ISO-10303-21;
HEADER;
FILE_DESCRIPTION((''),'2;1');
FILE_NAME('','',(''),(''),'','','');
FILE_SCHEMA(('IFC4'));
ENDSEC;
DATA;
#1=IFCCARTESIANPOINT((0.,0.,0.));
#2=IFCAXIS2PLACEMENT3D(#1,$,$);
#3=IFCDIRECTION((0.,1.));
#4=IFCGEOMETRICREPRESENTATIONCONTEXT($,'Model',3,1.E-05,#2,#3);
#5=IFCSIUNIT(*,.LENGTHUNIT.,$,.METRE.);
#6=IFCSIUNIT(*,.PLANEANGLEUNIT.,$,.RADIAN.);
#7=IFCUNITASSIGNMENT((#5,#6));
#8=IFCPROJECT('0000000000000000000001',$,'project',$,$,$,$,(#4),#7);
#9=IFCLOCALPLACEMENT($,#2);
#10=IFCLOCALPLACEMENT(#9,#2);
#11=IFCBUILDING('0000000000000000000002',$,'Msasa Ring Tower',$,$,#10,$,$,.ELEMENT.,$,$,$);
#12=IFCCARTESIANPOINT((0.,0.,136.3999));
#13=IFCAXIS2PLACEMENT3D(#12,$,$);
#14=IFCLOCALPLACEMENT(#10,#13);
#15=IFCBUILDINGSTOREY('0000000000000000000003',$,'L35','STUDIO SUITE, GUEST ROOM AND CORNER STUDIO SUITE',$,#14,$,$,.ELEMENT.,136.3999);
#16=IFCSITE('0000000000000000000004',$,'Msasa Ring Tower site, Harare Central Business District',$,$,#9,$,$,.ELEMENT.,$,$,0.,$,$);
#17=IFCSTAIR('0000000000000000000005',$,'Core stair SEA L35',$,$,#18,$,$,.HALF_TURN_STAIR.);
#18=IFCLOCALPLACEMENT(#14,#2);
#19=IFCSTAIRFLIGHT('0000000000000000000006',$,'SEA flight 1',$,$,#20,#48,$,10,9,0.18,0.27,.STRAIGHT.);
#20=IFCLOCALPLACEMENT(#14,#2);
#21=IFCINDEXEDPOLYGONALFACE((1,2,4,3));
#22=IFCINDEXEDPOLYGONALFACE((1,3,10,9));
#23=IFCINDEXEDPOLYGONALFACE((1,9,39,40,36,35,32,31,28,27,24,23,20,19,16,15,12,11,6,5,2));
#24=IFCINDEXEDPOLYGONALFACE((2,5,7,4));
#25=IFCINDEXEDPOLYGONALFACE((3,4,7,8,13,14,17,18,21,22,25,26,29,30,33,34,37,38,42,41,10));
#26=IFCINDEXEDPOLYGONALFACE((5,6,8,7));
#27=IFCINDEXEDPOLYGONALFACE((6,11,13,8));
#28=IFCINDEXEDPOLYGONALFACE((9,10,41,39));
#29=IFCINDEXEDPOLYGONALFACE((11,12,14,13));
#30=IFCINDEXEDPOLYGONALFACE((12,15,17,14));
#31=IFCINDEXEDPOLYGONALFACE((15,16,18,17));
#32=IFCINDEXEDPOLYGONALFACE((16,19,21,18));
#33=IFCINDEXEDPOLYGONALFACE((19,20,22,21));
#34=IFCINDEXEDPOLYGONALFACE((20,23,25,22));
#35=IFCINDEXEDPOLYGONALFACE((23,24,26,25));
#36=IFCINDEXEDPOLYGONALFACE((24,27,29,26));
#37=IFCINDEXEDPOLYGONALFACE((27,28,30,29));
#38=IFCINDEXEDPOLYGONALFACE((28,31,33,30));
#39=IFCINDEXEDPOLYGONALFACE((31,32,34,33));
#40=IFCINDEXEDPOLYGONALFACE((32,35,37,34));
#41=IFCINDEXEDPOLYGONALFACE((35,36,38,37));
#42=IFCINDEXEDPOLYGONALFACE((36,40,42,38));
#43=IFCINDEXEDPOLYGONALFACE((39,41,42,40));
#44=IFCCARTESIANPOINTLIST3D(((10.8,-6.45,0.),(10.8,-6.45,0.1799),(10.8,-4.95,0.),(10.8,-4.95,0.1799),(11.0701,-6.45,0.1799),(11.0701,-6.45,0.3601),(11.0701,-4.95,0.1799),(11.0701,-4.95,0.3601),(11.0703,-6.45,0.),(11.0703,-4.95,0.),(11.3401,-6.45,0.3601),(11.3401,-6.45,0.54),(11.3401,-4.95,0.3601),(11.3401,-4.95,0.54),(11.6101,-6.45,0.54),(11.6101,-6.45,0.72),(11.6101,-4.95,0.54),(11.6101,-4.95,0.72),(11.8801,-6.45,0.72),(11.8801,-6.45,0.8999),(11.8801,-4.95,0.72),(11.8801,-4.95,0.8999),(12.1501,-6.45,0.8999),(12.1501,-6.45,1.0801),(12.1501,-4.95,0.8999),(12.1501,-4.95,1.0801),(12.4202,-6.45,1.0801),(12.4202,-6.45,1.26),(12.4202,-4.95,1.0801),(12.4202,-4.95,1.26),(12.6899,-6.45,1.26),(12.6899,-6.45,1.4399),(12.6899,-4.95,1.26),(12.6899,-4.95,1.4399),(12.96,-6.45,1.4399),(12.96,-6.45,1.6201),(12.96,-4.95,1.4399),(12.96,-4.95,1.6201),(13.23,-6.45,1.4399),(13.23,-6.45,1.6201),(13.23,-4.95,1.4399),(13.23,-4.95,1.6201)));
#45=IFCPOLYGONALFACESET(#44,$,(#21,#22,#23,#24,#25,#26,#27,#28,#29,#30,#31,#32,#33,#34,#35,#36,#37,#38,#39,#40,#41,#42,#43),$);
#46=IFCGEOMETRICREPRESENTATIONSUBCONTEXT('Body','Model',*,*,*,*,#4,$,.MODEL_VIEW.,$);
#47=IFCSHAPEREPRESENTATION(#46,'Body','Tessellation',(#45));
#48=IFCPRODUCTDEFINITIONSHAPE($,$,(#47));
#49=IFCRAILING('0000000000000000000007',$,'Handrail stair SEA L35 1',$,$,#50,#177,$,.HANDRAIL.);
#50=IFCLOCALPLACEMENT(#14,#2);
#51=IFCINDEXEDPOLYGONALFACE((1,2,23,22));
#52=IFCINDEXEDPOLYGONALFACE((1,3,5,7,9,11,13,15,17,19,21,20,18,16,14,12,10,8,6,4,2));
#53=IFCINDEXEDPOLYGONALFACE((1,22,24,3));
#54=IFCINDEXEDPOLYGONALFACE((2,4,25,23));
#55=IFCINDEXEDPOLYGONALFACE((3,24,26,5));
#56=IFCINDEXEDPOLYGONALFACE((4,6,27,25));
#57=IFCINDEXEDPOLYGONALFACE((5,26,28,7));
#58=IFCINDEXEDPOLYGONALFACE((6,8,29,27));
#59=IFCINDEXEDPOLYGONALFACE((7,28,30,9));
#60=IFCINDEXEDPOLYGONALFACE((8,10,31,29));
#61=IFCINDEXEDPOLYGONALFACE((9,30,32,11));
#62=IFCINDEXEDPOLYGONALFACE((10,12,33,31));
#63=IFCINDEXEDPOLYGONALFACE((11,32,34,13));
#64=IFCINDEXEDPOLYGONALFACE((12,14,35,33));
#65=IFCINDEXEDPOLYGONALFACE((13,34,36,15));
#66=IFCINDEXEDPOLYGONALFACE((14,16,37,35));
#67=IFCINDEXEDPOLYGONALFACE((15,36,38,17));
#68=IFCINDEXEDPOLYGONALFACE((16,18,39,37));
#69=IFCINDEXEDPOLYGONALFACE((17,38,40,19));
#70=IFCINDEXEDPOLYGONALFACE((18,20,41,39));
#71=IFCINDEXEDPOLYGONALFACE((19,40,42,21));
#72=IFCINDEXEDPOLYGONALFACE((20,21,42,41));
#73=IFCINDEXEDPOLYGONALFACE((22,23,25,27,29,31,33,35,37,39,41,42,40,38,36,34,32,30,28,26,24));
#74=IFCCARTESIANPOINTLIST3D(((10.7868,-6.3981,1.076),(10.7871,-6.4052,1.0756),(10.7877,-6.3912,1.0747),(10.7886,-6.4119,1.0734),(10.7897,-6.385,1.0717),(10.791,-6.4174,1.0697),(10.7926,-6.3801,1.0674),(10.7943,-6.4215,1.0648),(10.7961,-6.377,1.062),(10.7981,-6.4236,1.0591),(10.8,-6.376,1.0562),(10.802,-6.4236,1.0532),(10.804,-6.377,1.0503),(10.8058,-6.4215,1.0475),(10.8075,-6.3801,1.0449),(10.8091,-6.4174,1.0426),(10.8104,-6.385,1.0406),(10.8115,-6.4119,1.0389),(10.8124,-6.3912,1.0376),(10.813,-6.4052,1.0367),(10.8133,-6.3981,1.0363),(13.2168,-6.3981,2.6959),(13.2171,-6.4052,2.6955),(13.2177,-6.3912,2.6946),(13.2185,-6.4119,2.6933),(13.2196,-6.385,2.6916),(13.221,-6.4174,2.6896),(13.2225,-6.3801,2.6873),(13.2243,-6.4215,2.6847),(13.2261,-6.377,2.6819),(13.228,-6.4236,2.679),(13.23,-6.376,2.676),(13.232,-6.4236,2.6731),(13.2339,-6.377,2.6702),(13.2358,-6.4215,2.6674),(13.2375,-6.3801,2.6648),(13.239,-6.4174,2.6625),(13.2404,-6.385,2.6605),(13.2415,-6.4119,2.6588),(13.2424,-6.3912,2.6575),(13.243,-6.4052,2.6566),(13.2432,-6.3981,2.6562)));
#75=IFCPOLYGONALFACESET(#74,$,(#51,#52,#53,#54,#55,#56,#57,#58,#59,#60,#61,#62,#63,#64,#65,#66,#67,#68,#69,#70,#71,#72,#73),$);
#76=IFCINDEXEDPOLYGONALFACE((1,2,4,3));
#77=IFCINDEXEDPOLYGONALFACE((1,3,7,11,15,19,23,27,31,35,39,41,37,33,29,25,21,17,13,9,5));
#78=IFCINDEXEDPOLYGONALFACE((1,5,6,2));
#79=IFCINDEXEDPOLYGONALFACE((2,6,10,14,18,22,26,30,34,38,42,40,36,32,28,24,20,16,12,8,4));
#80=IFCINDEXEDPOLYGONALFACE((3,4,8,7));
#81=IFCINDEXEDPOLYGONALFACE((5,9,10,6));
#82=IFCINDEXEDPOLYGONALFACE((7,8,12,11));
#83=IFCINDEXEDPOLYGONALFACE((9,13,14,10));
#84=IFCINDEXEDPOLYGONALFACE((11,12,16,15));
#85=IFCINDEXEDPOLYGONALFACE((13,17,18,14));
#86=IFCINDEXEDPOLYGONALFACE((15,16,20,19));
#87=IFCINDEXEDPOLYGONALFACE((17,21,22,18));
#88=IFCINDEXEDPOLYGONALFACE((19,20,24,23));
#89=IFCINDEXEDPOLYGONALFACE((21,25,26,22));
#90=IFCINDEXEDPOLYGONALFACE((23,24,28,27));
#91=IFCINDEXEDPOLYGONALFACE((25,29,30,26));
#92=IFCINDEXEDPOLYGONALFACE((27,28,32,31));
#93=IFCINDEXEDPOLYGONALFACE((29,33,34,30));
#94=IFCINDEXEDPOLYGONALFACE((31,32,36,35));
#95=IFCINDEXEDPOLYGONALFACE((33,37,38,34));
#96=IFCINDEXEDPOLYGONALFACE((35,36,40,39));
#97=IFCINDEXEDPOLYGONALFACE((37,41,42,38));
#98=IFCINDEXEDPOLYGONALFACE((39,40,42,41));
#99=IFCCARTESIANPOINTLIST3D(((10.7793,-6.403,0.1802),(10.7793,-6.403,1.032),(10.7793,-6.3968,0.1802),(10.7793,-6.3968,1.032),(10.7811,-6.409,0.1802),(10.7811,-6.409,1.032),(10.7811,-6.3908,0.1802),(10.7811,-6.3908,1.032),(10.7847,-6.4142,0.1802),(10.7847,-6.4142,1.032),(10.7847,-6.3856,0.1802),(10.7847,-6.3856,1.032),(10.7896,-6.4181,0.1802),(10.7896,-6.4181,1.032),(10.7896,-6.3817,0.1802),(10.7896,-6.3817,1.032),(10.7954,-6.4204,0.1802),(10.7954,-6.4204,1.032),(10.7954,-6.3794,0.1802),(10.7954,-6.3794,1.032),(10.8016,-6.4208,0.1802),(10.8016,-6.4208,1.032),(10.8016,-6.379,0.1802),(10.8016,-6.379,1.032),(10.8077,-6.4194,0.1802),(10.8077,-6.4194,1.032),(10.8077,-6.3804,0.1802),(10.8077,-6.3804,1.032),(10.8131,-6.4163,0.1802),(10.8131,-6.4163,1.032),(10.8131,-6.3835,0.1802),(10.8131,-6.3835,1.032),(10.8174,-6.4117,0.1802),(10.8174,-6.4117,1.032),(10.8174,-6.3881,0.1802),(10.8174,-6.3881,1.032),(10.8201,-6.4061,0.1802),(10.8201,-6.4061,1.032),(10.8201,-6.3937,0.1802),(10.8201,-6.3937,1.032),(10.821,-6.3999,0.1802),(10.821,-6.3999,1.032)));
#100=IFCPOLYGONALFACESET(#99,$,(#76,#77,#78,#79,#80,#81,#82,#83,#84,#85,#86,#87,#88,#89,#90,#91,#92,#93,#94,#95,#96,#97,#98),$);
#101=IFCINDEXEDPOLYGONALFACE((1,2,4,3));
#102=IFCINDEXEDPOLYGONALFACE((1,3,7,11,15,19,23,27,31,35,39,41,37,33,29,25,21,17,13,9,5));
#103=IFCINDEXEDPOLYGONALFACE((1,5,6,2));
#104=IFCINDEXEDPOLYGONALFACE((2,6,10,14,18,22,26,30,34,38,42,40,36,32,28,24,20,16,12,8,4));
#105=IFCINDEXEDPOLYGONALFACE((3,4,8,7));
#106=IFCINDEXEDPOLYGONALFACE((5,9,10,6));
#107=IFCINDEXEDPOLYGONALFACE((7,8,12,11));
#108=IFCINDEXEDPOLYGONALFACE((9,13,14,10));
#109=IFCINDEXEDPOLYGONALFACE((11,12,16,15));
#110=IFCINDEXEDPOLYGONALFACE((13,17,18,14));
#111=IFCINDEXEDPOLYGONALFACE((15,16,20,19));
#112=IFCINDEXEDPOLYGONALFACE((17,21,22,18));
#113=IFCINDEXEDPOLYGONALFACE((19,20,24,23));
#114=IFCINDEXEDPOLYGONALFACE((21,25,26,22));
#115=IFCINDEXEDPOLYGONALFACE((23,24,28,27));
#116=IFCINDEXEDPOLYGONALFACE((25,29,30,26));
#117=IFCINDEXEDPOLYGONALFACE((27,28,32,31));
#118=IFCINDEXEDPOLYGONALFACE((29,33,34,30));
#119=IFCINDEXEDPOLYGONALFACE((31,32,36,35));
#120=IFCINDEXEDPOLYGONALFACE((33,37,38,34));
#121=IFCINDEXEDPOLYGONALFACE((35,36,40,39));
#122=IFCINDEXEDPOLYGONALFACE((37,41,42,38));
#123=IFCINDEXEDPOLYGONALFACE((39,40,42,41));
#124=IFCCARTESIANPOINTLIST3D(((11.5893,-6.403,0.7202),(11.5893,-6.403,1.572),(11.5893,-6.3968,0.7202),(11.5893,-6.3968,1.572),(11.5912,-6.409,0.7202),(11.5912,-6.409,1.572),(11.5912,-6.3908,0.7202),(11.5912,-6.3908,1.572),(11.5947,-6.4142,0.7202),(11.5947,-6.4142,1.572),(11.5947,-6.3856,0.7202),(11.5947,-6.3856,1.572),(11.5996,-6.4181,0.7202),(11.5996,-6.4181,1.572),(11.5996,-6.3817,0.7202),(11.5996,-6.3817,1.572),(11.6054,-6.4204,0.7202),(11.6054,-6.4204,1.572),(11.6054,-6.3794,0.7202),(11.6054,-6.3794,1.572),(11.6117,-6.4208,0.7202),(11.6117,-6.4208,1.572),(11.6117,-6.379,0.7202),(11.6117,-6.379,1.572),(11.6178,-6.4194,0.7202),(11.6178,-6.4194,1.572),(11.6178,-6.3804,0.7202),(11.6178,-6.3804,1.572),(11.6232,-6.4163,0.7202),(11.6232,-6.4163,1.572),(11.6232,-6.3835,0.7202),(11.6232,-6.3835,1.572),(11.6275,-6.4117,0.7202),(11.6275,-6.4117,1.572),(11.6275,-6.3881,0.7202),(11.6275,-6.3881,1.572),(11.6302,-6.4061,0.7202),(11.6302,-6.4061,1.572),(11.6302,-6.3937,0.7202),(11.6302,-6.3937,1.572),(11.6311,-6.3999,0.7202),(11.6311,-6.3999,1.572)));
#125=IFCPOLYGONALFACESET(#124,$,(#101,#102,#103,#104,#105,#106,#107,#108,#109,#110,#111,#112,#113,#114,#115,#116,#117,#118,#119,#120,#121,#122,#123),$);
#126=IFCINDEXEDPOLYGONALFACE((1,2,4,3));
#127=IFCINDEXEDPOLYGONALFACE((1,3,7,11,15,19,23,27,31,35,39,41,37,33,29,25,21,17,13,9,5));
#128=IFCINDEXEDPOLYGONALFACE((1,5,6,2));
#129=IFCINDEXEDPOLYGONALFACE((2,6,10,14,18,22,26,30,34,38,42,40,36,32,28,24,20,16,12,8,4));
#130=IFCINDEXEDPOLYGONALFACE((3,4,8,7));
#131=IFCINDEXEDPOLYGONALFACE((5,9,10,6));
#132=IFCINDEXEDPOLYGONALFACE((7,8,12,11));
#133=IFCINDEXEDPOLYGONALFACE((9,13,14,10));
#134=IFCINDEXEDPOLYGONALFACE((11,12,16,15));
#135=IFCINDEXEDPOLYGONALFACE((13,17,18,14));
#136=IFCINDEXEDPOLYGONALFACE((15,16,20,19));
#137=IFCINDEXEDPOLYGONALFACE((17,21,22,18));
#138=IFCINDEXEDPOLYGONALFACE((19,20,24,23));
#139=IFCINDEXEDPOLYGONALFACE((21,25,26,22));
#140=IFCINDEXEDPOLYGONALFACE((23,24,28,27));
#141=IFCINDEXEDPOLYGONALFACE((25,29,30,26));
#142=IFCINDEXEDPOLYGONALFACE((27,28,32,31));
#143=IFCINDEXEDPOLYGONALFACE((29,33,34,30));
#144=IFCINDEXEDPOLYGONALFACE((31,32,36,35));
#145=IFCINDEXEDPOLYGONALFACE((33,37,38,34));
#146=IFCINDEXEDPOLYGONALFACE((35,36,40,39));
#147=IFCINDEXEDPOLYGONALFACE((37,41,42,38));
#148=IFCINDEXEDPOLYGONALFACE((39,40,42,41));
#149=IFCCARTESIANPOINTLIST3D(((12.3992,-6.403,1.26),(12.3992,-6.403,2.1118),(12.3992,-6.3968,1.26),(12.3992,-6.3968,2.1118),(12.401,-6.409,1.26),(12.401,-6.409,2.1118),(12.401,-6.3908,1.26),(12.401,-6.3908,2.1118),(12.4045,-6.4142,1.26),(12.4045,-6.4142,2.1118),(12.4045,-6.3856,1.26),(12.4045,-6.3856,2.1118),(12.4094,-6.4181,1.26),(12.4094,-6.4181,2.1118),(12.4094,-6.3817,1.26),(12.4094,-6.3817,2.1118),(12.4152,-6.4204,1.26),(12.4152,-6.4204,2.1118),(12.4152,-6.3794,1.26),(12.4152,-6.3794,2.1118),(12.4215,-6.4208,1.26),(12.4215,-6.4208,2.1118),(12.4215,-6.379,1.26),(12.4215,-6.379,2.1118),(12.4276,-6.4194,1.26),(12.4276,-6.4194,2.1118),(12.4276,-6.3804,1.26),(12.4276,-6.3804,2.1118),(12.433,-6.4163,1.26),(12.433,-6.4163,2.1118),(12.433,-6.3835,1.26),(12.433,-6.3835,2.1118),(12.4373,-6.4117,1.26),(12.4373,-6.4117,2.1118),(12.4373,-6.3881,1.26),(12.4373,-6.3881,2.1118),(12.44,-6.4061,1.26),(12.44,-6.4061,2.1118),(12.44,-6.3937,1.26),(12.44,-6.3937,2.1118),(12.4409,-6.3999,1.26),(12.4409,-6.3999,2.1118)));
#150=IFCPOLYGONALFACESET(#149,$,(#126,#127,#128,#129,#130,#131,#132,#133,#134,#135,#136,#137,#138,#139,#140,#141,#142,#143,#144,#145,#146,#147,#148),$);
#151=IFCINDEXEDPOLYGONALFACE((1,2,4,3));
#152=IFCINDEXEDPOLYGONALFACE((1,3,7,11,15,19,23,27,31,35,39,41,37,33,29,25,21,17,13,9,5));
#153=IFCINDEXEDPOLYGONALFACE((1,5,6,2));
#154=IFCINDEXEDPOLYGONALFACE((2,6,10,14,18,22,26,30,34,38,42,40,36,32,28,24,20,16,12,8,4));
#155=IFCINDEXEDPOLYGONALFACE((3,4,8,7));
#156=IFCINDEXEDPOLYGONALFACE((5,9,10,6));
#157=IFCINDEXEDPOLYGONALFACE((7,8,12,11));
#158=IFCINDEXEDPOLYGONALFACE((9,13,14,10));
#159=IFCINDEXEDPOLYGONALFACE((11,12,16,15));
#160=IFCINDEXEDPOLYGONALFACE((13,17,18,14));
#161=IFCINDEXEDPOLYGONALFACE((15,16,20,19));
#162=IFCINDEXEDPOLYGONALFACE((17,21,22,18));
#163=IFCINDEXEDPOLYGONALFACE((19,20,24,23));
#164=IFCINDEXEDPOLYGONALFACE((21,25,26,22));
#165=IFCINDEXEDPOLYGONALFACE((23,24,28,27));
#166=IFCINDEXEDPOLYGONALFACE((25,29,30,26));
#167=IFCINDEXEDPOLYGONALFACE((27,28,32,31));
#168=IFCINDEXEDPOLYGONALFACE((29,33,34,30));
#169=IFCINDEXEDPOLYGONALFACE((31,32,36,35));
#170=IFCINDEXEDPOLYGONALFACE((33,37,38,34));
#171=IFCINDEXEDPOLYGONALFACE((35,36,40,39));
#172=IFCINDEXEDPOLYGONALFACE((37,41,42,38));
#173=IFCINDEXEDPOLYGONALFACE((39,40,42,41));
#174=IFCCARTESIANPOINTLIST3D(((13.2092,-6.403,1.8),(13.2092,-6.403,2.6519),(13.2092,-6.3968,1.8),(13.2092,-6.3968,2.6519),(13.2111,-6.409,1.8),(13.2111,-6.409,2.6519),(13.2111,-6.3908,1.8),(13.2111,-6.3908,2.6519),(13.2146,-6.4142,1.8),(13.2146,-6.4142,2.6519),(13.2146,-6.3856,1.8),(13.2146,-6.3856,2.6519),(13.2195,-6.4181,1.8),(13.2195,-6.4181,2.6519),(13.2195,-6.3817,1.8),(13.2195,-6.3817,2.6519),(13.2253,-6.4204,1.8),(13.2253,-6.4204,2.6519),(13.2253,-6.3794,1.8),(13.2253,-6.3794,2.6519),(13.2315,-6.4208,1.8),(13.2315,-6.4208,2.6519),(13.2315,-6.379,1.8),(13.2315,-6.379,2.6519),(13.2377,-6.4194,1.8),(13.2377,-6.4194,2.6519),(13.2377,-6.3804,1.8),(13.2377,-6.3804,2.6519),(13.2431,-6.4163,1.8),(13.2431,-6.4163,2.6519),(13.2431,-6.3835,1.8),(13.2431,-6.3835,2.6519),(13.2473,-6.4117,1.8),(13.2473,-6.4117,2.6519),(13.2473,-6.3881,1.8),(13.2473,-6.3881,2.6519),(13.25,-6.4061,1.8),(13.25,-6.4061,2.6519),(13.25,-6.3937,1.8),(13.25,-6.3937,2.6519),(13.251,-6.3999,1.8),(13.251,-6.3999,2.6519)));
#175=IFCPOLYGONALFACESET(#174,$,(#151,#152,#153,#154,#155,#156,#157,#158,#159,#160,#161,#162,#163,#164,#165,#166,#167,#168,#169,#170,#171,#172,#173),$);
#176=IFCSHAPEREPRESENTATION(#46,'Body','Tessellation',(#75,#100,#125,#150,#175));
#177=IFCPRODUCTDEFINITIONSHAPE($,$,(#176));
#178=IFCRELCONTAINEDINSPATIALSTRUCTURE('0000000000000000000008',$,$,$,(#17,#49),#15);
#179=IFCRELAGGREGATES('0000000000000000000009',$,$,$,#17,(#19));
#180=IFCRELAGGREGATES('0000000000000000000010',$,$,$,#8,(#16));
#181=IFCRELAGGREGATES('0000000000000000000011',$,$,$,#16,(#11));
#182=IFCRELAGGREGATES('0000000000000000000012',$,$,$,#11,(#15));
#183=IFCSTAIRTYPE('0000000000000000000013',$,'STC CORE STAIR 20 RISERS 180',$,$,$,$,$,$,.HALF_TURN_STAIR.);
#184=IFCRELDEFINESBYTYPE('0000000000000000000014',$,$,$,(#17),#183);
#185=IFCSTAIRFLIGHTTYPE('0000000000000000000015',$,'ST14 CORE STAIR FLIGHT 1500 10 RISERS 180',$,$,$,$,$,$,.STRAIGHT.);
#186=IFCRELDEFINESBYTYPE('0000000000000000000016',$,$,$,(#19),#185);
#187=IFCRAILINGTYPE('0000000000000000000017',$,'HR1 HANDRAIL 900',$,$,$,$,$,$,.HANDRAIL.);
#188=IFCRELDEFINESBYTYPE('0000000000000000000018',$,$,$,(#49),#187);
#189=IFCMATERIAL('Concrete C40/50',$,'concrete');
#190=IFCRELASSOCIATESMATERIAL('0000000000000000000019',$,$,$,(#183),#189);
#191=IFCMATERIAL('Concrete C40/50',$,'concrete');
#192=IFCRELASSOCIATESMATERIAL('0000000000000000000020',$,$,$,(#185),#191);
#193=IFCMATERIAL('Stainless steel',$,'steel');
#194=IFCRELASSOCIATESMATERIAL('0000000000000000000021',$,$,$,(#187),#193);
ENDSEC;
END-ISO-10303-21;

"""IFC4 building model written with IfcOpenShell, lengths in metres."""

from ifc_helpers import new_model, si_unit, direction, frame, origin, origin_2d, place, context, subcontext, project, spatial, polyline, circle, outline, extrude, material, type_object, element, aggregate, save


model = new_model("IFC4")

# Units and contexts
model_context = context("Model", 3, precision=1e-05, world=origin(), true_north=direction((0.0, 1.0)))
body_context = subcontext(model_context, "Body", "Model", "MODEL_VIEW")
ifc_project = project(units=[si_unit("LENGTHUNIT", "METRE"), si_unit("PLANEANGLEUNIT", "RADIAN")], contexts=[model_context])

# Site, building, storey
site_placement = place(None, origin())
site = spatial("IfcSite", under=ifc_project, at=site_placement, Name="Msasa Ring Tower site, Harare Central Business District", CompositionType="ELEMENT", RefElevation=0.0)
building_placement = place(site_placement, origin())
building = spatial("IfcBuilding", under=site, at=building_placement, Name="Msasa Ring Tower", CompositionType="ELEMENT")
storey_placement = place(building_placement, frame((0.0, 0.0, 136.3999)))
storey = spatial("IfcBuildingStorey", under=building, at=storey_placement, Name="L35", Description="STUDIO SUITE, GUEST ROOM AND CORNER STUDIO SUITE", CompositionType="ELEMENT", Elevation=136.3999)

# Shared definitions
ifc_material_1 = material(Name="Concrete C40/50", Category="concrete")
stair_type = type_object("IfcStairType", Name="STC CORE STAIR 20 RISERS 180", PredefinedType="HALF_TURN_STAIR", material=ifc_material_1)

# Stair, stair flight
stair_1_placement = place(storey_placement, origin())
stair_1 = element("IfcStair", 1, at=stair_1_placement, inside=storey, type_object=stair_type, Name="Core stair SEA L35", PredefinedType="HALF_TURN_STAIR")
ifc_material_2 = material(Name="Concrete C40/50", Category="concrete")
stair_flight_type = type_object("IfcStairFlightType", Name="ST14 CORE STAIR FLIGHT 1500 10 RISERS 180", PredefinedType="STRAIGHT", material=ifc_material_2)
stair_flight_placement = place(storey_placement, frame((10.8, -5.7, 0.0), z_axis=(0.0, 0.0, 1.0), x_axis=(1.0, 0.0, 0.0)))
stair_flight = element("IfcStairFlight", 2, at=stair_flight_placement, type_object=stair_flight_type, Name="SEA flight 1", NumberOfRisers=10, NumberOfTreads=9, PredefinedType="STRAIGHT", RiserHeight=0.18, TreadLength=0.27, context=body_context, shape_type="SweptSolid", body=[
    extrude(outline(polyline([(0.0, 0.0), (0.0, 0.1799), (0.27, 0.1799), (0.27, 0.3601), (0.54, 0.3601), (0.54, 0.54), (0.8101, 0.54), (0.8101, 0.72), (1.0801, 0.72), (1.0801, 0.8999), (1.3501, 0.8999), (1.3501, 1.0801), (1.6201, 1.0801), (1.6201, 1.26), (1.8899, 1.26), (1.8899, 1.4399), (2.1599, 1.4399), (2.1599, 1.6201), (2.4299, 1.6201), (2.4299, 1.8), (2.4299, 1.4399), (0.2703, 0.0), (0.0, 0.0)])), frame((0.0, 0.75, 0.0), z_axis=(0.0, -1.0, 0.0), x_axis=(1.0, 0.0, 0.0)), (0.0, 0.0, 1.0), 1.5),
])
aggregate(stair_1, [stair_flight])

# Railing
ifc_material_3 = material(Name="Stainless steel", Category="steel")
railing_type = type_object("IfcRailingType", Name="HR1 HANDRAIL 900", PredefinedType="HANDRAIL", material=ifc_material_3)
for number, where, name in (
    (3, (10.8, -6.3999, 0.1802), "Handrail stair SEA L35 1"),
):
    element("IfcRailing", number, at=place(storey_placement, frame(where)), inside=storey, type_object=railing_type, Name=name, PredefinedType="HANDRAIL", context=body_context, shape_type="SweptSolid", body=[
        extrude(circle(Radius=0.0239, at=origin_2d()), frame((0.0, 0.0, 0.876), z_axis=(0.832063, 0.0, 0.554681), x_axis=(0.0, 1.0, 0.0)), (0.0, 0.0, 1.0), 2.9204),
        extrude(circle(Radius=0.021, at=origin_2d()), origin(), (0.0, 0.0, 1.0), 0.8518),
        extrude(circle(Radius=0.021, at=origin_2d()), frame((0.8101, 0.0, 0.54)), (0.0, 0.0, 1.0), 0.8518),
        extrude(circle(Radius=0.021, at=origin_2d()), frame((1.6199, 0.0, 1.0798)), (0.0, 0.0, 1.0), 0.8518),
        extrude(circle(Radius=0.021, at=origin_2d()), frame((2.4299, 0.0, 1.6199)), (0.0, 0.0, 1.0), 0.8518),
    ])

save(model, "model.ifc")
